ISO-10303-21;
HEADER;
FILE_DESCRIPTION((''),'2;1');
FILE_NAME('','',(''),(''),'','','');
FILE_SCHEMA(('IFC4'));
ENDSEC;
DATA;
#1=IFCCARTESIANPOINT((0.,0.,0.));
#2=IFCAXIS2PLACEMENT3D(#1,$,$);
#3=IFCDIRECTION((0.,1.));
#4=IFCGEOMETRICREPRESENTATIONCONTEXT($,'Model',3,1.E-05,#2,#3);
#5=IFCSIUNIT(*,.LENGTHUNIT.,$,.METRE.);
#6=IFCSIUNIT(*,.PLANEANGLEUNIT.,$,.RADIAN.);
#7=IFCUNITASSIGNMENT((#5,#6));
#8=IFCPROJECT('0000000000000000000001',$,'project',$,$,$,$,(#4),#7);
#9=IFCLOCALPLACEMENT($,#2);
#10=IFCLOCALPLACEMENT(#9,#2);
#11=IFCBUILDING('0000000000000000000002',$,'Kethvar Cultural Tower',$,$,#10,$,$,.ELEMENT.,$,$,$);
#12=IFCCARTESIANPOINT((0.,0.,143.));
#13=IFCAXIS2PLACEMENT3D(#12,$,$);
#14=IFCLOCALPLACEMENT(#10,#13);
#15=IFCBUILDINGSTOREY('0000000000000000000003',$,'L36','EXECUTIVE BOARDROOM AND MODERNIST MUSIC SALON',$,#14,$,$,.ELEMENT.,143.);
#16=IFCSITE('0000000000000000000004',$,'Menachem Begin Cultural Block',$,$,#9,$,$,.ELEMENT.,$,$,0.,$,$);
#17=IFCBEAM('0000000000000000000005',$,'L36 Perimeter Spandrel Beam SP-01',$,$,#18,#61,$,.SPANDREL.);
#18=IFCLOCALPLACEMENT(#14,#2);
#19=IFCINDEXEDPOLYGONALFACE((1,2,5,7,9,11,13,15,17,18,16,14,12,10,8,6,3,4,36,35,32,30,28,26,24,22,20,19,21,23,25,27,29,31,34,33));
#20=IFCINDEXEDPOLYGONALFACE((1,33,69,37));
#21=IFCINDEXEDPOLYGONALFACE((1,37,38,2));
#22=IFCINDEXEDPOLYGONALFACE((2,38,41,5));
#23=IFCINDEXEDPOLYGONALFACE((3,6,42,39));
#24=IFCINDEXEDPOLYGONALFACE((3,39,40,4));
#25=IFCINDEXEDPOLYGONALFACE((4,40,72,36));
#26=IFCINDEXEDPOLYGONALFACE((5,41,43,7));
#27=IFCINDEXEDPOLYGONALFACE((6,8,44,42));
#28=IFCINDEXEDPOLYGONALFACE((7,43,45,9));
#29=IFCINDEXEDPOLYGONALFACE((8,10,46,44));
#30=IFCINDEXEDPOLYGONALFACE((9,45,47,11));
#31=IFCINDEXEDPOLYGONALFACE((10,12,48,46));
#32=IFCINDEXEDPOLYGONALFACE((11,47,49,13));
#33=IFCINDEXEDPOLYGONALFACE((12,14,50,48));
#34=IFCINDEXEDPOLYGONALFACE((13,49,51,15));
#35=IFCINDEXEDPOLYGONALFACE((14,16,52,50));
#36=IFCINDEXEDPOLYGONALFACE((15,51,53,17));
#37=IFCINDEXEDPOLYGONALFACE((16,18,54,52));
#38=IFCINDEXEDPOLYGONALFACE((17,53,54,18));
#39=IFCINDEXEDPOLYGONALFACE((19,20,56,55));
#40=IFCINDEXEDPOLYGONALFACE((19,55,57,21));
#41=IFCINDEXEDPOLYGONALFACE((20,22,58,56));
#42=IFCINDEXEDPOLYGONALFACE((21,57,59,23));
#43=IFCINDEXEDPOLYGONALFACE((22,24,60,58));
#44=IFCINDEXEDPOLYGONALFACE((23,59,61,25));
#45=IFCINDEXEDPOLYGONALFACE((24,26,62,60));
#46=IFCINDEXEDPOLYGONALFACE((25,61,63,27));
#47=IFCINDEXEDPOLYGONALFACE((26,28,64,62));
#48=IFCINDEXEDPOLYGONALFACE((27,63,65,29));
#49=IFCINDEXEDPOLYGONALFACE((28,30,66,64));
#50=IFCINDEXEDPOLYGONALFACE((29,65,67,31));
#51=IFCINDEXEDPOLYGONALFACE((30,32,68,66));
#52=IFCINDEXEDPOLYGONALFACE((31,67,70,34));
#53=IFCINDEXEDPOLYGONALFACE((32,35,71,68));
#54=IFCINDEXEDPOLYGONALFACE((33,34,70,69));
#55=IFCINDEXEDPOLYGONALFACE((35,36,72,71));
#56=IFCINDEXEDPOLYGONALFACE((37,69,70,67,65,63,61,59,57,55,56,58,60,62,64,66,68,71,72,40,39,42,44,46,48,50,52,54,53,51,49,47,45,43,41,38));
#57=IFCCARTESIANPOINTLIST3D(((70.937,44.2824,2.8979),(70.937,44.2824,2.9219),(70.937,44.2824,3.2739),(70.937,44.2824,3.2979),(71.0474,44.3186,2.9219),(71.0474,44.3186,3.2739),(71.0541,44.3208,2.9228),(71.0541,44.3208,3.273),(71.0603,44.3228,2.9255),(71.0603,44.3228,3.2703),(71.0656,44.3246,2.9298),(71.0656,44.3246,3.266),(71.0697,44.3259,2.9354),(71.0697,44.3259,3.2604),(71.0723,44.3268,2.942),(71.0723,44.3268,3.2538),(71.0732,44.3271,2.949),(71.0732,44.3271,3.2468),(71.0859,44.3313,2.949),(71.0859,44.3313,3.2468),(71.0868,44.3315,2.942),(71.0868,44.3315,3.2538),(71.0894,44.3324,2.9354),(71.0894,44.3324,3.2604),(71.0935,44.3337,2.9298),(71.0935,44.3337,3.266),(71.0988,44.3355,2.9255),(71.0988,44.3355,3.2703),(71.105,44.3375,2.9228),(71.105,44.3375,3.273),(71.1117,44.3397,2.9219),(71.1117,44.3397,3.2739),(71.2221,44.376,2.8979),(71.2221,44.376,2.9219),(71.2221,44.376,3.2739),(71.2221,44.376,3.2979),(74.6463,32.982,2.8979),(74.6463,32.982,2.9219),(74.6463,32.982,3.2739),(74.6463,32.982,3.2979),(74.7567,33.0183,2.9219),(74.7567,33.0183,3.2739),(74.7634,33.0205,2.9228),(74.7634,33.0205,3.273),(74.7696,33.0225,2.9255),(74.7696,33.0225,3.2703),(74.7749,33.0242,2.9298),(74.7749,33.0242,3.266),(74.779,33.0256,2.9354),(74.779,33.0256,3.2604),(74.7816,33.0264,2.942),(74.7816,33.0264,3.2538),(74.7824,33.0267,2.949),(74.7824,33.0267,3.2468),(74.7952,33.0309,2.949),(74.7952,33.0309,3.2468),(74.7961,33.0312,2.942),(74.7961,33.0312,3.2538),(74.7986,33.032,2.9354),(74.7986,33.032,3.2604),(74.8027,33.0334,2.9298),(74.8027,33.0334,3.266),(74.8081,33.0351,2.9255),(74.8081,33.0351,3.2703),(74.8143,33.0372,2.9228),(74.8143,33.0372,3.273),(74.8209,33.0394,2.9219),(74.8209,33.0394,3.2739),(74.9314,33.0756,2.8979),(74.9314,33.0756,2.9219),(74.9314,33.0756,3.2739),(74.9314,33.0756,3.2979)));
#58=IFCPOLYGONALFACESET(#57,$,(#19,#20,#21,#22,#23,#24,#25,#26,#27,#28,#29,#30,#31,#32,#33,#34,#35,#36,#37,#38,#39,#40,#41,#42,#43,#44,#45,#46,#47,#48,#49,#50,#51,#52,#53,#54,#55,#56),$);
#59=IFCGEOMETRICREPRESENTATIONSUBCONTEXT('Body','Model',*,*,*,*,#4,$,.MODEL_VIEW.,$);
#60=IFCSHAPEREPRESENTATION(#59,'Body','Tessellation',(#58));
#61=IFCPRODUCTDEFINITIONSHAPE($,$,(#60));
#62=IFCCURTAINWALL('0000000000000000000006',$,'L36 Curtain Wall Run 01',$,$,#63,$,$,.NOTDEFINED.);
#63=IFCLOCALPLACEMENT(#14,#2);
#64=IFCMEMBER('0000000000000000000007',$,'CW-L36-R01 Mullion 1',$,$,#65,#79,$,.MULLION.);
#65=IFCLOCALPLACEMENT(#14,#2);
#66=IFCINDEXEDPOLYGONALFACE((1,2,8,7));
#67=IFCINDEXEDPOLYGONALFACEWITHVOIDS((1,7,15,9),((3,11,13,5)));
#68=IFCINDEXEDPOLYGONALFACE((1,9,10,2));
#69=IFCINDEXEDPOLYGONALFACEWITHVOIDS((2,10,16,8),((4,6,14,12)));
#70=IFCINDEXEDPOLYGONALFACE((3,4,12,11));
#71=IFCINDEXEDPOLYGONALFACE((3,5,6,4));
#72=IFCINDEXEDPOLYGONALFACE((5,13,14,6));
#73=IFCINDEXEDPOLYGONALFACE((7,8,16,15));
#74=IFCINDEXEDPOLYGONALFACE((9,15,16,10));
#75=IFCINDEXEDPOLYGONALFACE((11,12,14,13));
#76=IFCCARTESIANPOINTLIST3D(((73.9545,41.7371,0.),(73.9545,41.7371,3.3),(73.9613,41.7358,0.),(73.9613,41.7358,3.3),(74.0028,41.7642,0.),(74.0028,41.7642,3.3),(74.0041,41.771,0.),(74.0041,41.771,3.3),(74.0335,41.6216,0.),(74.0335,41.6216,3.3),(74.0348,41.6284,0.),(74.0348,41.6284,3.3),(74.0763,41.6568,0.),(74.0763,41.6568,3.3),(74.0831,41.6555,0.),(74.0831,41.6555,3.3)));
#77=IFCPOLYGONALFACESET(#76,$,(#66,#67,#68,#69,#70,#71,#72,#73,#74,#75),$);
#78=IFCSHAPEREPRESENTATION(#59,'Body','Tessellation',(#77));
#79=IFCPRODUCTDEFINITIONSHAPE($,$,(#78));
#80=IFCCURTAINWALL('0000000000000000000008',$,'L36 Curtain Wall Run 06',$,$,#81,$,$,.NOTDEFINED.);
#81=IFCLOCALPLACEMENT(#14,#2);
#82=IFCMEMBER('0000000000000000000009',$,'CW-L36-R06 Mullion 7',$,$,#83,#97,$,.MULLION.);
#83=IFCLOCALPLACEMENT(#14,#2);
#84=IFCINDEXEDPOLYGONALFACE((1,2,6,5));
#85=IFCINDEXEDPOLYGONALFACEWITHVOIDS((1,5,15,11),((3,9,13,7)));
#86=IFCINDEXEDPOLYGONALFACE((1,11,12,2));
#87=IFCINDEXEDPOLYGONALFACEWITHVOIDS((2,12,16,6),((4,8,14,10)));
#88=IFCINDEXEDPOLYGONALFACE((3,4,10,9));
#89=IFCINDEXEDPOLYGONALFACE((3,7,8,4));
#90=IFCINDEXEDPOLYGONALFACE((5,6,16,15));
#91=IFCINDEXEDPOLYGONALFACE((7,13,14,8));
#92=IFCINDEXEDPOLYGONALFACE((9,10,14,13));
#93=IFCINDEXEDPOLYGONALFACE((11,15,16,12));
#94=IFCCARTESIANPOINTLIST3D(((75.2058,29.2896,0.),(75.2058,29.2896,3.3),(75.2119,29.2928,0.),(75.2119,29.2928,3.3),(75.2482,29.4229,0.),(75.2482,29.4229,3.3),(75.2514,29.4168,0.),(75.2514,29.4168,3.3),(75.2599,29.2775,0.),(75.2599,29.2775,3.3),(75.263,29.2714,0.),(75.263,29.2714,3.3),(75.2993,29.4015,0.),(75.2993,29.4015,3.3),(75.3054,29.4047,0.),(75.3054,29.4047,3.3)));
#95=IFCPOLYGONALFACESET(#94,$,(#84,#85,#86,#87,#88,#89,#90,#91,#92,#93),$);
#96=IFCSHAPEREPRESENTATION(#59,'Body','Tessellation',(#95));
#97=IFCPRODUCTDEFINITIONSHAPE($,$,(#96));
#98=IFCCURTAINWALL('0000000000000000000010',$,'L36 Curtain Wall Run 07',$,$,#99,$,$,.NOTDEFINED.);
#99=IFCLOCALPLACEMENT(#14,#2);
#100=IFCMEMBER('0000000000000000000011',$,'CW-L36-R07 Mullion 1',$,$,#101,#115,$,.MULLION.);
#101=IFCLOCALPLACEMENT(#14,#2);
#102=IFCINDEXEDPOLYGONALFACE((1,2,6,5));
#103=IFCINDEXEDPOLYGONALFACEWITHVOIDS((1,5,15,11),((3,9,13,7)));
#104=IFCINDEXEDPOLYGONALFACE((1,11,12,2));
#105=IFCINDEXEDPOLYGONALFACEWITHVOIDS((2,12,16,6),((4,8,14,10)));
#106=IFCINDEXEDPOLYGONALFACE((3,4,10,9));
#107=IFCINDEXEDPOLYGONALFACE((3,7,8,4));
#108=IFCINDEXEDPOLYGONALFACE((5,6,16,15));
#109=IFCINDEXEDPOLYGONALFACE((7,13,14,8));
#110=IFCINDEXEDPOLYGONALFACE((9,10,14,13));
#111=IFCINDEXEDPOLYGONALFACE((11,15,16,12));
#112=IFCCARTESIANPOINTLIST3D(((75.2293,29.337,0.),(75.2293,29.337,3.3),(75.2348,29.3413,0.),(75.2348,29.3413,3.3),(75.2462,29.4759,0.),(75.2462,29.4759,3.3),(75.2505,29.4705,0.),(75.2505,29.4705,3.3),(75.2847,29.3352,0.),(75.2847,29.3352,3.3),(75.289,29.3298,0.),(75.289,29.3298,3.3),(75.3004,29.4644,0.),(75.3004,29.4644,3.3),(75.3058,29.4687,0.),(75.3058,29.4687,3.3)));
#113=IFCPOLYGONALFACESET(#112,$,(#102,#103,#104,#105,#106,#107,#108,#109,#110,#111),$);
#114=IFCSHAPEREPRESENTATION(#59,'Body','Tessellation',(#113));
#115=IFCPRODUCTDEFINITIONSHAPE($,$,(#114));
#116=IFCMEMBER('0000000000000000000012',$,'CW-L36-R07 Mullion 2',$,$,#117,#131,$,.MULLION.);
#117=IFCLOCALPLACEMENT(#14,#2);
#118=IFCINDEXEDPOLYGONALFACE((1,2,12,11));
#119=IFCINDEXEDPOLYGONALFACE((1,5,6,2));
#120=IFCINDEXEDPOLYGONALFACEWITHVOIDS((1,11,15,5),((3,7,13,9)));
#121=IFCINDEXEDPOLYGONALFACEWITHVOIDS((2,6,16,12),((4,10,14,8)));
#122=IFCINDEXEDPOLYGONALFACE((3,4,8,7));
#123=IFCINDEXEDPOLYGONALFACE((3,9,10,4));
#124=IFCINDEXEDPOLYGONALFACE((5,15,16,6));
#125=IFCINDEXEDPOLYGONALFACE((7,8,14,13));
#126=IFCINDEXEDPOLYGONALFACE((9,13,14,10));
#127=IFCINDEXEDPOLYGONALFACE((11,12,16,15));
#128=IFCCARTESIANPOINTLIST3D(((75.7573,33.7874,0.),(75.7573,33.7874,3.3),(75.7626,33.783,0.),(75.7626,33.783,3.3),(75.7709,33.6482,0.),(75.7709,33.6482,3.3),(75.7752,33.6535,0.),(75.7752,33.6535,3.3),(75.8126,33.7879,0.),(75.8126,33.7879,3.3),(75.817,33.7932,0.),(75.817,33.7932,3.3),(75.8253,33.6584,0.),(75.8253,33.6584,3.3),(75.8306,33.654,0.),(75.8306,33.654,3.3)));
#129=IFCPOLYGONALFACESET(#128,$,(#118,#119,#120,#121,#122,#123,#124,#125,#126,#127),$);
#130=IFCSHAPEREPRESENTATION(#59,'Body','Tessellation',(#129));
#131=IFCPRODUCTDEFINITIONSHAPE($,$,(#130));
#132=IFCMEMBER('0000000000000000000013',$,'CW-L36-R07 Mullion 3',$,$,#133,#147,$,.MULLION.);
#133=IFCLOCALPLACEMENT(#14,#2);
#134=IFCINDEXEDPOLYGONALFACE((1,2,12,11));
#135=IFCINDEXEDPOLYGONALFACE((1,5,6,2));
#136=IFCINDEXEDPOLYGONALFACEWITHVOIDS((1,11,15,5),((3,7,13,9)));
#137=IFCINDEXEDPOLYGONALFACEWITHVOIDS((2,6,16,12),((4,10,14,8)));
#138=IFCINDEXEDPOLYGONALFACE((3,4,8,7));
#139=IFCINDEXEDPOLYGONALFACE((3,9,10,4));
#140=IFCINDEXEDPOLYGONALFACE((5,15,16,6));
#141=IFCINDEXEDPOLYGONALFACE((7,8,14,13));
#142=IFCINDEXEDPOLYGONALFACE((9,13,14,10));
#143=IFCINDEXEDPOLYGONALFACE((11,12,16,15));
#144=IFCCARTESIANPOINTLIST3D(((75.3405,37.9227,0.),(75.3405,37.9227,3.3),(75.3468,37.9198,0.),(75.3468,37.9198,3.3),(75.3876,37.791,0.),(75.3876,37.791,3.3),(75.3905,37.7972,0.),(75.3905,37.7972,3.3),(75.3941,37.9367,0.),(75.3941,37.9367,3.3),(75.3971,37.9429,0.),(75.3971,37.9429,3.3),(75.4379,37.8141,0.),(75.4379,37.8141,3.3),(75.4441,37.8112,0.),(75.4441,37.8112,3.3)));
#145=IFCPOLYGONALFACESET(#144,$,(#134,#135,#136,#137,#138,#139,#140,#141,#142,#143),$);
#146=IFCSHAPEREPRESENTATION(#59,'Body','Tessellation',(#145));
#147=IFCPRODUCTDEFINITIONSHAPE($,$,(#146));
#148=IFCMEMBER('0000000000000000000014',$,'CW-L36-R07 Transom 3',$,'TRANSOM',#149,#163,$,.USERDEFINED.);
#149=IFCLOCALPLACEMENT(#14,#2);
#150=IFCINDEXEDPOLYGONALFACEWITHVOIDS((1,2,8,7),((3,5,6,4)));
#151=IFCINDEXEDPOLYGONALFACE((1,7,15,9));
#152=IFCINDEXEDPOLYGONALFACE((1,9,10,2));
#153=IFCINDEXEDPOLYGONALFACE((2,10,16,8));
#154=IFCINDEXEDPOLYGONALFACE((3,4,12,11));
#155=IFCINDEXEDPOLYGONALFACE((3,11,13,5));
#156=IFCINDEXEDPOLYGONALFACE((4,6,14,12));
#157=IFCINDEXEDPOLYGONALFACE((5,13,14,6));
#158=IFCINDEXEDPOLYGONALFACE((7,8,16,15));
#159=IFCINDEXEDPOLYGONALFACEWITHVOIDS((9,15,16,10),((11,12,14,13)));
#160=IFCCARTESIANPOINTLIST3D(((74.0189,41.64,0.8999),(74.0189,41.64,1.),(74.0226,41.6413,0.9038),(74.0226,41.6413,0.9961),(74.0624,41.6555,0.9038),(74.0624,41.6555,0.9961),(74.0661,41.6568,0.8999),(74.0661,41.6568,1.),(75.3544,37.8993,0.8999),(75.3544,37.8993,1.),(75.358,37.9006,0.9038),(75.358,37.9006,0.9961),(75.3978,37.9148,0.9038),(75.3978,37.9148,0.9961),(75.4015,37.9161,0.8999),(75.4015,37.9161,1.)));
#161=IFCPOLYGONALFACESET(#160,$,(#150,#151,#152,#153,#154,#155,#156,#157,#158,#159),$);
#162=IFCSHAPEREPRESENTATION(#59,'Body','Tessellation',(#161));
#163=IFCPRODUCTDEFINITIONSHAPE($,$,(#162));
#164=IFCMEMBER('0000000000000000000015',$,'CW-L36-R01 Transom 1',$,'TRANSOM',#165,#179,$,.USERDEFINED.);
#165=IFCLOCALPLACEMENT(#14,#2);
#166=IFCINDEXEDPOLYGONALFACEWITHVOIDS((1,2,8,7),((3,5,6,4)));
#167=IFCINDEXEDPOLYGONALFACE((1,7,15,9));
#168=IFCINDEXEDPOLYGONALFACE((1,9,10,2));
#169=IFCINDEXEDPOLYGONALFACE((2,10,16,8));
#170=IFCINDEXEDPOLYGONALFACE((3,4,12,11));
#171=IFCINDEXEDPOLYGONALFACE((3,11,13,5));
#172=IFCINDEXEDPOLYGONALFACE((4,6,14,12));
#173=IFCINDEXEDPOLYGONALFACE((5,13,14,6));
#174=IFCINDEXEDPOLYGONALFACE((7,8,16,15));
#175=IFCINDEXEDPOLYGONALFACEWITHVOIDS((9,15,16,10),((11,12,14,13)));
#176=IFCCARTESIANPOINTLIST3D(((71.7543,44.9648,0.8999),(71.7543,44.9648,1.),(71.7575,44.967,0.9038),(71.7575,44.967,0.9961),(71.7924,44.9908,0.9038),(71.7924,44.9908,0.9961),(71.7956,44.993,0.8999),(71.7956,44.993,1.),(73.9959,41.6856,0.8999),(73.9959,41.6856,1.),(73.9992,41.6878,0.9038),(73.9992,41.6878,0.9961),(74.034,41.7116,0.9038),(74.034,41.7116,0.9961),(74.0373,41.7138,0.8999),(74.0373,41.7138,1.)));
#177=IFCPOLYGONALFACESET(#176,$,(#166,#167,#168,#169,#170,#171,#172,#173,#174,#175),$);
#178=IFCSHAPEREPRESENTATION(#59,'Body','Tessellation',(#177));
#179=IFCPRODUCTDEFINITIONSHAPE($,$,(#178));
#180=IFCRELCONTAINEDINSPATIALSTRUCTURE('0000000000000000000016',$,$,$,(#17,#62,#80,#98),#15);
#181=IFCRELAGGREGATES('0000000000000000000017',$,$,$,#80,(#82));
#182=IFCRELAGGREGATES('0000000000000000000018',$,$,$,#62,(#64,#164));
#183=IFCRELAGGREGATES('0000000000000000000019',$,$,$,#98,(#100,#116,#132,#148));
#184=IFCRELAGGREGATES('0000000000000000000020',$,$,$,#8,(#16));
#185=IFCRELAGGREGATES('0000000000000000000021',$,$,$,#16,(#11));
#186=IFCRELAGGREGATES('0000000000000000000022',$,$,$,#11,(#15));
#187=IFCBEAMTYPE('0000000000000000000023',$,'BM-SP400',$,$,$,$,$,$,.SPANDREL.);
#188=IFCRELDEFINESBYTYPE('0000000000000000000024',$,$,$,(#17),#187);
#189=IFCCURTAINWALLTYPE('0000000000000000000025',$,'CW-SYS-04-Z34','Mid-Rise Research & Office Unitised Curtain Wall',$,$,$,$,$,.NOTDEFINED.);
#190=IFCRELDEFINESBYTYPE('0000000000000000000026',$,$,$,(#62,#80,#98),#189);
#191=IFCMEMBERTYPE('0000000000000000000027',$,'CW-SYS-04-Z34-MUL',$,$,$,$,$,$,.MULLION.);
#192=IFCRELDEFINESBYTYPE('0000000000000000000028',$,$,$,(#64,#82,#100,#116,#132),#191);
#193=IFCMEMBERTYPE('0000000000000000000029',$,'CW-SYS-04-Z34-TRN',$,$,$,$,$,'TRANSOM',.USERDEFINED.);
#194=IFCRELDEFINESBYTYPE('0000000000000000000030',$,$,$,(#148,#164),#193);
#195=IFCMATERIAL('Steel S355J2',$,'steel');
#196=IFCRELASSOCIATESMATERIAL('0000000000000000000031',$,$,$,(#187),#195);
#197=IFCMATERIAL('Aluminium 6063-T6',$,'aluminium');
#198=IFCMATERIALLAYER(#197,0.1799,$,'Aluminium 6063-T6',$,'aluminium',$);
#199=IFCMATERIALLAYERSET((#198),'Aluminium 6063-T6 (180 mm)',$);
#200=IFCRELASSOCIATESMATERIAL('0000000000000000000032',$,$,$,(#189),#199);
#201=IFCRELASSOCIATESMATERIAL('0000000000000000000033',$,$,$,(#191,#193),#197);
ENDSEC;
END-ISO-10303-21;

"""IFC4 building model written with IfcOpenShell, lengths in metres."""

from ifc_helpers import new_model, si_unit, direction, frame, origin, origin_2d, place, context, subcontext, project, spatial, hollow_rectangle, i_section, extrude, source, transform, mapped, material, layer, layer_set, material_profile, profile_set, type_object, element, aggregate, save


model = new_model("IFC4")

# Units and contexts
model_context = context("Model", 3, precision=1e-05, world=origin(), true_north=direction((0.0, 1.0)))
body_context = subcontext(model_context, "Body", "Model", "MODEL_VIEW")
ifc_project = project(units=[si_unit("LENGTHUNIT", "METRE"), si_unit("PLANEANGLEUNIT", "RADIAN")], contexts=[model_context])

# Site, building, storey
site_placement = place(None, origin())
site = spatial("IfcSite", under=ifc_project, at=site_placement, Name="Menachem Begin Cultural Block", CompositionType="ELEMENT", RefElevation=0.0)
building_placement = place(site_placement, origin())
building = spatial("IfcBuilding", under=site, at=building_placement, Name="Kethvar Cultural Tower", CompositionType="ELEMENT")
storey_placement = place(building_placement, frame((0.0, 0.0, 143.0)))
storey = spatial("IfcBuildingStorey", under=building, at=storey_placement, Name="L36", Description="EXECUTIVE BOARDROOM AND MODERNIST MUSIC SALON", CompositionType="ELEMENT", Elevation=143.0)

# Beam
ifc_material_1 = material(Name="Steel S355J2", Category="steel")
ifc_material_profile_1 = material_profile(ifc_material_1, i_section(OverallWidth=0.3, OverallDepth=0.3999, WebThickness=0.0134, FlangeThickness=0.0239, FilletRadius=0.0271, at=origin_2d()), Name="Steel S355J2 — HEB400")
ifc_profile_set_1 = profile_set([ifc_material_profile_1], Name="Steel S355J2 — HEB400")
beam_type_1 = type_object("IfcBeamType", Name="BM-SP400", PredefinedType="SPANDREL", material=ifc_profile_set_1)
shared_shape_1 = source(origin(), body_context, "Body", "SweptSolid", [
    extrude(i_section(OverallWidth=0.3, OverallDepth=0.3999, WebThickness=0.0134, FlangeThickness=0.0239, FilletRadius=0.0271, at=origin_2d()), origin(), (0.0, 0.0, 1.0), 11.8936),
])
beam_1_placement = place(storey_placement, frame((74.7888, 33.0288, 3.0979), z_axis=(-0.311871, 0.950125, 0.0), x_axis=(-0.950125, -0.311871, 0.0)))
element("IfcBeam", 1, at=beam_1_placement, inside=storey, type_object=beam_type_1, Name="L36 Perimeter Spandrel Beam SP-01", PredefinedType="SPANDREL", context=body_context, shape_type="MappedRepresentation", body=[
    mapped(shared_shape_1, transform((0.0, 0.0, 0.0), scale=1.0)),
])

# Curtain walls, members
ifc_material_2 = material(Name="Aluminium 6063-T6", Category="aluminium")
ifc_layer_1 = layer(ifc_material_2, 0.1799, Name="Aluminium 6063-T6", Category="aluminium")
ifc_layer_set_1 = layer_set([ifc_layer_1], Name="Aluminium 6063-T6 (180 mm)")
curtain_wall_type = type_object("IfcCurtainWallType", Name="CW-SYS-04-Z34", Description="Mid-Rise Research & Office Unitised Curtain Wall", PredefinedType="NOTDEFINED", material=ifc_layer_set_1)
curtain_wall_1_placement = place(storey_placement, origin())
curtain_wall_1 = element("IfcCurtainWall", 2, at=curtain_wall_1_placement, inside=storey, type_object=curtain_wall_type, Name="L36 Curtain Wall Run 01", PredefinedType="NOTDEFINED")
ifc_material_profile_2 = material_profile(ifc_material_2, hollow_rectangle(XDim=0.0601, YDim=0.1399, WallThickness=0.0049, at=origin_2d()), Name="Aluminium 6063-T6 — RHS140x60x5")
ifc_profile_set_2 = profile_set([ifc_material_profile_2], Name="Aluminium 6063-T6 — RHS140x60x5")
member_type_1 = type_object("IfcMemberType", Name="CW-SYS-04-Z34-MUL", PredefinedType="MULLION", material=ifc_profile_set_2)
shared_shape_2 = source(origin(), body_context, "Body", "SweptSolid", [
    extrude(hollow_rectangle(XDim=0.0601, YDim=0.1399, WallThickness=0.0049, at=origin_2d()), origin(), (0.0, 0.0, 1.0), 3.3),
])
member_1_placement = place(storey_placement, frame((74.0188, 41.6963, 0.0), z_axis=(0.0, 0.0, 1.0), x_axis=(-0.825547, -0.564333, 0.0)))
member_1 = element("IfcMember", 3, at=member_1_placement, type_object=member_type_1, Name="CW-L36-R01 Mullion 1", PredefinedType="MULLION", context=body_context, shape_type="MappedRepresentation", body=[
    mapped(shared_shape_2, transform((0.0, 0.0, 0.0), scale=1.0)),
])
curtain_wall_2_placement = place(storey_placement, origin())
curtain_wall_2 = element("IfcCurtainWall", 4, at=curtain_wall_2_placement, inside=storey, type_object=curtain_wall_type, Name="L36 Curtain Wall Run 06", PredefinedType="NOTDEFINED")
member_2_placement = place(storey_placement, frame((75.2556, 29.3472, 0.0), z_axis=(0.0, 0.0, 1.0), x_axis=(-0.952937, 0.303168, 0.0)))
member_2 = element("IfcMember", 5, at=member_2_placement, type_object=member_type_1, Name="CW-L36-R06 Mullion 7", PredefinedType="MULLION", context=body_context, shape_type="MappedRepresentation", body=[
    mapped(shared_shape_2, transform((0.0, 0.0, 0.0), scale=1.0)),
])
aggregate(curtain_wall_2, [member_2])

# Curtain wall, members
curtain_wall_3_placement = place(storey_placement, origin())
curtain_wall_3 = element("IfcCurtainWall", 6, at=curtain_wall_3_placement, inside=storey, type_object=curtain_wall_type, Name="L36 Curtain Wall Run 07", PredefinedType="NOTDEFINED")
member_3_placement = place(storey_placement, frame((75.2676, 29.4028, 0.0), z_axis=(0.0, 0.0, 1.0), x_axis=(-0.992722, 0.120431, 0.0)))
member_3 = element("IfcMember", 7, at=member_3_placement, type_object=member_type_1, Name="CW-L36-R07 Mullion 1", PredefinedType="MULLION", context=body_context, shape_type="MappedRepresentation", body=[
    mapped(shared_shape_2, transform((0.0, 0.0, 0.0), scale=1.0)),
])
member_4_placement = place(storey_placement, frame((75.7939, 33.7207, 0.0), z_axis=(0.0, 0.0, 1.0), x_axis=(-0.995265, -0.097201, 0.0)))
member_4 = element("IfcMember", 8, at=member_4_placement, type_object=member_type_1, Name="CW-L36-R07 Mullion 2", PredefinedType="MULLION", context=body_context, shape_type="MappedRepresentation", body=[
    mapped(shared_shape_2, transform((0.0, 0.0, 0.0), scale=1.0)),
])
member_5_placement = place(storey_placement, frame((75.3923, 37.8669, 0.0), z_axis=(0.0, 0.0, 1.0), x_axis=(-0.9418, -0.336175, 0.0)))
member_5 = element("IfcMember", 9, at=member_5_placement, type_object=member_type_1, Name="CW-L36-R07 Mullion 3", PredefinedType="MULLION", context=body_context, shape_type="MappedRepresentation", body=[
    mapped(shared_shape_2, transform((0.0, 0.0, 0.0), scale=1.0)),
])
ifc_material_profile_3 = material_profile(ifc_material_2, hollow_rectangle(XDim=0.05, YDim=0.1001, WallThickness=0.0039, at=origin_2d()), Name="Aluminium 6063-T6 — RHS100x50x4")
ifc_profile_set_3 = profile_set([ifc_material_profile_3], Name="Aluminium 6063-T6 — RHS100x50x4")
member_type_2 = type_object("IfcMemberType", Name="CW-SYS-04-Z34-TRN", ElementType="TRANSOM", PredefinedType="USERDEFINED", material=ifc_profile_set_3)
shared_shape_3 = source(origin(), body_context, "Body", "SweptSolid", [
    extrude(hollow_rectangle(XDim=0.05, YDim=0.1001, WallThickness=0.0039, at=origin_2d()), origin(), (0.0, 0.0, 1.0), 3.9719),
])
member_6_placement = place(storey_placement, frame((75.3779, 37.9077, 0.95), z_axis=(-0.33622, 0.941784, 0.0), x_axis=(-0.941784, -0.33622, 0.0)))
member_6 = element("IfcMember", 10, at=member_6_placement, type_object=member_type_2, Name="CW-L36-R07 Transom 3", ObjectType="TRANSOM", PredefinedType="USERDEFINED", context=body_context, shape_type="MappedRepresentation", body=[
    mapped(shared_shape_3, transform((0.0, 0.0, 0.0), scale=1.0)),
])

# Member
shared_shape_4 = source(origin(), body_context, "Body", "SweptSolid", [
    extrude(hollow_rectangle(XDim=0.05, YDim=0.1001, WallThickness=0.0039, at=origin_2d()), origin(), (0.0, 0.0, 1.0), 3.9722),
])
member_7_placement = place(storey_placement, frame((74.0166, 41.6997, 0.95), z_axis=(-0.564336, 0.825545, 0.0), x_axis=(-0.825545, -0.564336, 0.0)))
member_7 = element("IfcMember", 11, at=member_7_placement, type_object=member_type_2, Name="CW-L36-R01 Transom 1", ObjectType="TRANSOM", PredefinedType="USERDEFINED", context=body_context, shape_type="MappedRepresentation", body=[
    mapped(shared_shape_4, transform((0.0, 0.0, 0.0), scale=1.0)),
])
aggregate(curtain_wall_1, [member_1, member_7])

aggregate(curtain_wall_3, [member_3, member_4, member_5, member_6])

save(model, "model.ifc")
